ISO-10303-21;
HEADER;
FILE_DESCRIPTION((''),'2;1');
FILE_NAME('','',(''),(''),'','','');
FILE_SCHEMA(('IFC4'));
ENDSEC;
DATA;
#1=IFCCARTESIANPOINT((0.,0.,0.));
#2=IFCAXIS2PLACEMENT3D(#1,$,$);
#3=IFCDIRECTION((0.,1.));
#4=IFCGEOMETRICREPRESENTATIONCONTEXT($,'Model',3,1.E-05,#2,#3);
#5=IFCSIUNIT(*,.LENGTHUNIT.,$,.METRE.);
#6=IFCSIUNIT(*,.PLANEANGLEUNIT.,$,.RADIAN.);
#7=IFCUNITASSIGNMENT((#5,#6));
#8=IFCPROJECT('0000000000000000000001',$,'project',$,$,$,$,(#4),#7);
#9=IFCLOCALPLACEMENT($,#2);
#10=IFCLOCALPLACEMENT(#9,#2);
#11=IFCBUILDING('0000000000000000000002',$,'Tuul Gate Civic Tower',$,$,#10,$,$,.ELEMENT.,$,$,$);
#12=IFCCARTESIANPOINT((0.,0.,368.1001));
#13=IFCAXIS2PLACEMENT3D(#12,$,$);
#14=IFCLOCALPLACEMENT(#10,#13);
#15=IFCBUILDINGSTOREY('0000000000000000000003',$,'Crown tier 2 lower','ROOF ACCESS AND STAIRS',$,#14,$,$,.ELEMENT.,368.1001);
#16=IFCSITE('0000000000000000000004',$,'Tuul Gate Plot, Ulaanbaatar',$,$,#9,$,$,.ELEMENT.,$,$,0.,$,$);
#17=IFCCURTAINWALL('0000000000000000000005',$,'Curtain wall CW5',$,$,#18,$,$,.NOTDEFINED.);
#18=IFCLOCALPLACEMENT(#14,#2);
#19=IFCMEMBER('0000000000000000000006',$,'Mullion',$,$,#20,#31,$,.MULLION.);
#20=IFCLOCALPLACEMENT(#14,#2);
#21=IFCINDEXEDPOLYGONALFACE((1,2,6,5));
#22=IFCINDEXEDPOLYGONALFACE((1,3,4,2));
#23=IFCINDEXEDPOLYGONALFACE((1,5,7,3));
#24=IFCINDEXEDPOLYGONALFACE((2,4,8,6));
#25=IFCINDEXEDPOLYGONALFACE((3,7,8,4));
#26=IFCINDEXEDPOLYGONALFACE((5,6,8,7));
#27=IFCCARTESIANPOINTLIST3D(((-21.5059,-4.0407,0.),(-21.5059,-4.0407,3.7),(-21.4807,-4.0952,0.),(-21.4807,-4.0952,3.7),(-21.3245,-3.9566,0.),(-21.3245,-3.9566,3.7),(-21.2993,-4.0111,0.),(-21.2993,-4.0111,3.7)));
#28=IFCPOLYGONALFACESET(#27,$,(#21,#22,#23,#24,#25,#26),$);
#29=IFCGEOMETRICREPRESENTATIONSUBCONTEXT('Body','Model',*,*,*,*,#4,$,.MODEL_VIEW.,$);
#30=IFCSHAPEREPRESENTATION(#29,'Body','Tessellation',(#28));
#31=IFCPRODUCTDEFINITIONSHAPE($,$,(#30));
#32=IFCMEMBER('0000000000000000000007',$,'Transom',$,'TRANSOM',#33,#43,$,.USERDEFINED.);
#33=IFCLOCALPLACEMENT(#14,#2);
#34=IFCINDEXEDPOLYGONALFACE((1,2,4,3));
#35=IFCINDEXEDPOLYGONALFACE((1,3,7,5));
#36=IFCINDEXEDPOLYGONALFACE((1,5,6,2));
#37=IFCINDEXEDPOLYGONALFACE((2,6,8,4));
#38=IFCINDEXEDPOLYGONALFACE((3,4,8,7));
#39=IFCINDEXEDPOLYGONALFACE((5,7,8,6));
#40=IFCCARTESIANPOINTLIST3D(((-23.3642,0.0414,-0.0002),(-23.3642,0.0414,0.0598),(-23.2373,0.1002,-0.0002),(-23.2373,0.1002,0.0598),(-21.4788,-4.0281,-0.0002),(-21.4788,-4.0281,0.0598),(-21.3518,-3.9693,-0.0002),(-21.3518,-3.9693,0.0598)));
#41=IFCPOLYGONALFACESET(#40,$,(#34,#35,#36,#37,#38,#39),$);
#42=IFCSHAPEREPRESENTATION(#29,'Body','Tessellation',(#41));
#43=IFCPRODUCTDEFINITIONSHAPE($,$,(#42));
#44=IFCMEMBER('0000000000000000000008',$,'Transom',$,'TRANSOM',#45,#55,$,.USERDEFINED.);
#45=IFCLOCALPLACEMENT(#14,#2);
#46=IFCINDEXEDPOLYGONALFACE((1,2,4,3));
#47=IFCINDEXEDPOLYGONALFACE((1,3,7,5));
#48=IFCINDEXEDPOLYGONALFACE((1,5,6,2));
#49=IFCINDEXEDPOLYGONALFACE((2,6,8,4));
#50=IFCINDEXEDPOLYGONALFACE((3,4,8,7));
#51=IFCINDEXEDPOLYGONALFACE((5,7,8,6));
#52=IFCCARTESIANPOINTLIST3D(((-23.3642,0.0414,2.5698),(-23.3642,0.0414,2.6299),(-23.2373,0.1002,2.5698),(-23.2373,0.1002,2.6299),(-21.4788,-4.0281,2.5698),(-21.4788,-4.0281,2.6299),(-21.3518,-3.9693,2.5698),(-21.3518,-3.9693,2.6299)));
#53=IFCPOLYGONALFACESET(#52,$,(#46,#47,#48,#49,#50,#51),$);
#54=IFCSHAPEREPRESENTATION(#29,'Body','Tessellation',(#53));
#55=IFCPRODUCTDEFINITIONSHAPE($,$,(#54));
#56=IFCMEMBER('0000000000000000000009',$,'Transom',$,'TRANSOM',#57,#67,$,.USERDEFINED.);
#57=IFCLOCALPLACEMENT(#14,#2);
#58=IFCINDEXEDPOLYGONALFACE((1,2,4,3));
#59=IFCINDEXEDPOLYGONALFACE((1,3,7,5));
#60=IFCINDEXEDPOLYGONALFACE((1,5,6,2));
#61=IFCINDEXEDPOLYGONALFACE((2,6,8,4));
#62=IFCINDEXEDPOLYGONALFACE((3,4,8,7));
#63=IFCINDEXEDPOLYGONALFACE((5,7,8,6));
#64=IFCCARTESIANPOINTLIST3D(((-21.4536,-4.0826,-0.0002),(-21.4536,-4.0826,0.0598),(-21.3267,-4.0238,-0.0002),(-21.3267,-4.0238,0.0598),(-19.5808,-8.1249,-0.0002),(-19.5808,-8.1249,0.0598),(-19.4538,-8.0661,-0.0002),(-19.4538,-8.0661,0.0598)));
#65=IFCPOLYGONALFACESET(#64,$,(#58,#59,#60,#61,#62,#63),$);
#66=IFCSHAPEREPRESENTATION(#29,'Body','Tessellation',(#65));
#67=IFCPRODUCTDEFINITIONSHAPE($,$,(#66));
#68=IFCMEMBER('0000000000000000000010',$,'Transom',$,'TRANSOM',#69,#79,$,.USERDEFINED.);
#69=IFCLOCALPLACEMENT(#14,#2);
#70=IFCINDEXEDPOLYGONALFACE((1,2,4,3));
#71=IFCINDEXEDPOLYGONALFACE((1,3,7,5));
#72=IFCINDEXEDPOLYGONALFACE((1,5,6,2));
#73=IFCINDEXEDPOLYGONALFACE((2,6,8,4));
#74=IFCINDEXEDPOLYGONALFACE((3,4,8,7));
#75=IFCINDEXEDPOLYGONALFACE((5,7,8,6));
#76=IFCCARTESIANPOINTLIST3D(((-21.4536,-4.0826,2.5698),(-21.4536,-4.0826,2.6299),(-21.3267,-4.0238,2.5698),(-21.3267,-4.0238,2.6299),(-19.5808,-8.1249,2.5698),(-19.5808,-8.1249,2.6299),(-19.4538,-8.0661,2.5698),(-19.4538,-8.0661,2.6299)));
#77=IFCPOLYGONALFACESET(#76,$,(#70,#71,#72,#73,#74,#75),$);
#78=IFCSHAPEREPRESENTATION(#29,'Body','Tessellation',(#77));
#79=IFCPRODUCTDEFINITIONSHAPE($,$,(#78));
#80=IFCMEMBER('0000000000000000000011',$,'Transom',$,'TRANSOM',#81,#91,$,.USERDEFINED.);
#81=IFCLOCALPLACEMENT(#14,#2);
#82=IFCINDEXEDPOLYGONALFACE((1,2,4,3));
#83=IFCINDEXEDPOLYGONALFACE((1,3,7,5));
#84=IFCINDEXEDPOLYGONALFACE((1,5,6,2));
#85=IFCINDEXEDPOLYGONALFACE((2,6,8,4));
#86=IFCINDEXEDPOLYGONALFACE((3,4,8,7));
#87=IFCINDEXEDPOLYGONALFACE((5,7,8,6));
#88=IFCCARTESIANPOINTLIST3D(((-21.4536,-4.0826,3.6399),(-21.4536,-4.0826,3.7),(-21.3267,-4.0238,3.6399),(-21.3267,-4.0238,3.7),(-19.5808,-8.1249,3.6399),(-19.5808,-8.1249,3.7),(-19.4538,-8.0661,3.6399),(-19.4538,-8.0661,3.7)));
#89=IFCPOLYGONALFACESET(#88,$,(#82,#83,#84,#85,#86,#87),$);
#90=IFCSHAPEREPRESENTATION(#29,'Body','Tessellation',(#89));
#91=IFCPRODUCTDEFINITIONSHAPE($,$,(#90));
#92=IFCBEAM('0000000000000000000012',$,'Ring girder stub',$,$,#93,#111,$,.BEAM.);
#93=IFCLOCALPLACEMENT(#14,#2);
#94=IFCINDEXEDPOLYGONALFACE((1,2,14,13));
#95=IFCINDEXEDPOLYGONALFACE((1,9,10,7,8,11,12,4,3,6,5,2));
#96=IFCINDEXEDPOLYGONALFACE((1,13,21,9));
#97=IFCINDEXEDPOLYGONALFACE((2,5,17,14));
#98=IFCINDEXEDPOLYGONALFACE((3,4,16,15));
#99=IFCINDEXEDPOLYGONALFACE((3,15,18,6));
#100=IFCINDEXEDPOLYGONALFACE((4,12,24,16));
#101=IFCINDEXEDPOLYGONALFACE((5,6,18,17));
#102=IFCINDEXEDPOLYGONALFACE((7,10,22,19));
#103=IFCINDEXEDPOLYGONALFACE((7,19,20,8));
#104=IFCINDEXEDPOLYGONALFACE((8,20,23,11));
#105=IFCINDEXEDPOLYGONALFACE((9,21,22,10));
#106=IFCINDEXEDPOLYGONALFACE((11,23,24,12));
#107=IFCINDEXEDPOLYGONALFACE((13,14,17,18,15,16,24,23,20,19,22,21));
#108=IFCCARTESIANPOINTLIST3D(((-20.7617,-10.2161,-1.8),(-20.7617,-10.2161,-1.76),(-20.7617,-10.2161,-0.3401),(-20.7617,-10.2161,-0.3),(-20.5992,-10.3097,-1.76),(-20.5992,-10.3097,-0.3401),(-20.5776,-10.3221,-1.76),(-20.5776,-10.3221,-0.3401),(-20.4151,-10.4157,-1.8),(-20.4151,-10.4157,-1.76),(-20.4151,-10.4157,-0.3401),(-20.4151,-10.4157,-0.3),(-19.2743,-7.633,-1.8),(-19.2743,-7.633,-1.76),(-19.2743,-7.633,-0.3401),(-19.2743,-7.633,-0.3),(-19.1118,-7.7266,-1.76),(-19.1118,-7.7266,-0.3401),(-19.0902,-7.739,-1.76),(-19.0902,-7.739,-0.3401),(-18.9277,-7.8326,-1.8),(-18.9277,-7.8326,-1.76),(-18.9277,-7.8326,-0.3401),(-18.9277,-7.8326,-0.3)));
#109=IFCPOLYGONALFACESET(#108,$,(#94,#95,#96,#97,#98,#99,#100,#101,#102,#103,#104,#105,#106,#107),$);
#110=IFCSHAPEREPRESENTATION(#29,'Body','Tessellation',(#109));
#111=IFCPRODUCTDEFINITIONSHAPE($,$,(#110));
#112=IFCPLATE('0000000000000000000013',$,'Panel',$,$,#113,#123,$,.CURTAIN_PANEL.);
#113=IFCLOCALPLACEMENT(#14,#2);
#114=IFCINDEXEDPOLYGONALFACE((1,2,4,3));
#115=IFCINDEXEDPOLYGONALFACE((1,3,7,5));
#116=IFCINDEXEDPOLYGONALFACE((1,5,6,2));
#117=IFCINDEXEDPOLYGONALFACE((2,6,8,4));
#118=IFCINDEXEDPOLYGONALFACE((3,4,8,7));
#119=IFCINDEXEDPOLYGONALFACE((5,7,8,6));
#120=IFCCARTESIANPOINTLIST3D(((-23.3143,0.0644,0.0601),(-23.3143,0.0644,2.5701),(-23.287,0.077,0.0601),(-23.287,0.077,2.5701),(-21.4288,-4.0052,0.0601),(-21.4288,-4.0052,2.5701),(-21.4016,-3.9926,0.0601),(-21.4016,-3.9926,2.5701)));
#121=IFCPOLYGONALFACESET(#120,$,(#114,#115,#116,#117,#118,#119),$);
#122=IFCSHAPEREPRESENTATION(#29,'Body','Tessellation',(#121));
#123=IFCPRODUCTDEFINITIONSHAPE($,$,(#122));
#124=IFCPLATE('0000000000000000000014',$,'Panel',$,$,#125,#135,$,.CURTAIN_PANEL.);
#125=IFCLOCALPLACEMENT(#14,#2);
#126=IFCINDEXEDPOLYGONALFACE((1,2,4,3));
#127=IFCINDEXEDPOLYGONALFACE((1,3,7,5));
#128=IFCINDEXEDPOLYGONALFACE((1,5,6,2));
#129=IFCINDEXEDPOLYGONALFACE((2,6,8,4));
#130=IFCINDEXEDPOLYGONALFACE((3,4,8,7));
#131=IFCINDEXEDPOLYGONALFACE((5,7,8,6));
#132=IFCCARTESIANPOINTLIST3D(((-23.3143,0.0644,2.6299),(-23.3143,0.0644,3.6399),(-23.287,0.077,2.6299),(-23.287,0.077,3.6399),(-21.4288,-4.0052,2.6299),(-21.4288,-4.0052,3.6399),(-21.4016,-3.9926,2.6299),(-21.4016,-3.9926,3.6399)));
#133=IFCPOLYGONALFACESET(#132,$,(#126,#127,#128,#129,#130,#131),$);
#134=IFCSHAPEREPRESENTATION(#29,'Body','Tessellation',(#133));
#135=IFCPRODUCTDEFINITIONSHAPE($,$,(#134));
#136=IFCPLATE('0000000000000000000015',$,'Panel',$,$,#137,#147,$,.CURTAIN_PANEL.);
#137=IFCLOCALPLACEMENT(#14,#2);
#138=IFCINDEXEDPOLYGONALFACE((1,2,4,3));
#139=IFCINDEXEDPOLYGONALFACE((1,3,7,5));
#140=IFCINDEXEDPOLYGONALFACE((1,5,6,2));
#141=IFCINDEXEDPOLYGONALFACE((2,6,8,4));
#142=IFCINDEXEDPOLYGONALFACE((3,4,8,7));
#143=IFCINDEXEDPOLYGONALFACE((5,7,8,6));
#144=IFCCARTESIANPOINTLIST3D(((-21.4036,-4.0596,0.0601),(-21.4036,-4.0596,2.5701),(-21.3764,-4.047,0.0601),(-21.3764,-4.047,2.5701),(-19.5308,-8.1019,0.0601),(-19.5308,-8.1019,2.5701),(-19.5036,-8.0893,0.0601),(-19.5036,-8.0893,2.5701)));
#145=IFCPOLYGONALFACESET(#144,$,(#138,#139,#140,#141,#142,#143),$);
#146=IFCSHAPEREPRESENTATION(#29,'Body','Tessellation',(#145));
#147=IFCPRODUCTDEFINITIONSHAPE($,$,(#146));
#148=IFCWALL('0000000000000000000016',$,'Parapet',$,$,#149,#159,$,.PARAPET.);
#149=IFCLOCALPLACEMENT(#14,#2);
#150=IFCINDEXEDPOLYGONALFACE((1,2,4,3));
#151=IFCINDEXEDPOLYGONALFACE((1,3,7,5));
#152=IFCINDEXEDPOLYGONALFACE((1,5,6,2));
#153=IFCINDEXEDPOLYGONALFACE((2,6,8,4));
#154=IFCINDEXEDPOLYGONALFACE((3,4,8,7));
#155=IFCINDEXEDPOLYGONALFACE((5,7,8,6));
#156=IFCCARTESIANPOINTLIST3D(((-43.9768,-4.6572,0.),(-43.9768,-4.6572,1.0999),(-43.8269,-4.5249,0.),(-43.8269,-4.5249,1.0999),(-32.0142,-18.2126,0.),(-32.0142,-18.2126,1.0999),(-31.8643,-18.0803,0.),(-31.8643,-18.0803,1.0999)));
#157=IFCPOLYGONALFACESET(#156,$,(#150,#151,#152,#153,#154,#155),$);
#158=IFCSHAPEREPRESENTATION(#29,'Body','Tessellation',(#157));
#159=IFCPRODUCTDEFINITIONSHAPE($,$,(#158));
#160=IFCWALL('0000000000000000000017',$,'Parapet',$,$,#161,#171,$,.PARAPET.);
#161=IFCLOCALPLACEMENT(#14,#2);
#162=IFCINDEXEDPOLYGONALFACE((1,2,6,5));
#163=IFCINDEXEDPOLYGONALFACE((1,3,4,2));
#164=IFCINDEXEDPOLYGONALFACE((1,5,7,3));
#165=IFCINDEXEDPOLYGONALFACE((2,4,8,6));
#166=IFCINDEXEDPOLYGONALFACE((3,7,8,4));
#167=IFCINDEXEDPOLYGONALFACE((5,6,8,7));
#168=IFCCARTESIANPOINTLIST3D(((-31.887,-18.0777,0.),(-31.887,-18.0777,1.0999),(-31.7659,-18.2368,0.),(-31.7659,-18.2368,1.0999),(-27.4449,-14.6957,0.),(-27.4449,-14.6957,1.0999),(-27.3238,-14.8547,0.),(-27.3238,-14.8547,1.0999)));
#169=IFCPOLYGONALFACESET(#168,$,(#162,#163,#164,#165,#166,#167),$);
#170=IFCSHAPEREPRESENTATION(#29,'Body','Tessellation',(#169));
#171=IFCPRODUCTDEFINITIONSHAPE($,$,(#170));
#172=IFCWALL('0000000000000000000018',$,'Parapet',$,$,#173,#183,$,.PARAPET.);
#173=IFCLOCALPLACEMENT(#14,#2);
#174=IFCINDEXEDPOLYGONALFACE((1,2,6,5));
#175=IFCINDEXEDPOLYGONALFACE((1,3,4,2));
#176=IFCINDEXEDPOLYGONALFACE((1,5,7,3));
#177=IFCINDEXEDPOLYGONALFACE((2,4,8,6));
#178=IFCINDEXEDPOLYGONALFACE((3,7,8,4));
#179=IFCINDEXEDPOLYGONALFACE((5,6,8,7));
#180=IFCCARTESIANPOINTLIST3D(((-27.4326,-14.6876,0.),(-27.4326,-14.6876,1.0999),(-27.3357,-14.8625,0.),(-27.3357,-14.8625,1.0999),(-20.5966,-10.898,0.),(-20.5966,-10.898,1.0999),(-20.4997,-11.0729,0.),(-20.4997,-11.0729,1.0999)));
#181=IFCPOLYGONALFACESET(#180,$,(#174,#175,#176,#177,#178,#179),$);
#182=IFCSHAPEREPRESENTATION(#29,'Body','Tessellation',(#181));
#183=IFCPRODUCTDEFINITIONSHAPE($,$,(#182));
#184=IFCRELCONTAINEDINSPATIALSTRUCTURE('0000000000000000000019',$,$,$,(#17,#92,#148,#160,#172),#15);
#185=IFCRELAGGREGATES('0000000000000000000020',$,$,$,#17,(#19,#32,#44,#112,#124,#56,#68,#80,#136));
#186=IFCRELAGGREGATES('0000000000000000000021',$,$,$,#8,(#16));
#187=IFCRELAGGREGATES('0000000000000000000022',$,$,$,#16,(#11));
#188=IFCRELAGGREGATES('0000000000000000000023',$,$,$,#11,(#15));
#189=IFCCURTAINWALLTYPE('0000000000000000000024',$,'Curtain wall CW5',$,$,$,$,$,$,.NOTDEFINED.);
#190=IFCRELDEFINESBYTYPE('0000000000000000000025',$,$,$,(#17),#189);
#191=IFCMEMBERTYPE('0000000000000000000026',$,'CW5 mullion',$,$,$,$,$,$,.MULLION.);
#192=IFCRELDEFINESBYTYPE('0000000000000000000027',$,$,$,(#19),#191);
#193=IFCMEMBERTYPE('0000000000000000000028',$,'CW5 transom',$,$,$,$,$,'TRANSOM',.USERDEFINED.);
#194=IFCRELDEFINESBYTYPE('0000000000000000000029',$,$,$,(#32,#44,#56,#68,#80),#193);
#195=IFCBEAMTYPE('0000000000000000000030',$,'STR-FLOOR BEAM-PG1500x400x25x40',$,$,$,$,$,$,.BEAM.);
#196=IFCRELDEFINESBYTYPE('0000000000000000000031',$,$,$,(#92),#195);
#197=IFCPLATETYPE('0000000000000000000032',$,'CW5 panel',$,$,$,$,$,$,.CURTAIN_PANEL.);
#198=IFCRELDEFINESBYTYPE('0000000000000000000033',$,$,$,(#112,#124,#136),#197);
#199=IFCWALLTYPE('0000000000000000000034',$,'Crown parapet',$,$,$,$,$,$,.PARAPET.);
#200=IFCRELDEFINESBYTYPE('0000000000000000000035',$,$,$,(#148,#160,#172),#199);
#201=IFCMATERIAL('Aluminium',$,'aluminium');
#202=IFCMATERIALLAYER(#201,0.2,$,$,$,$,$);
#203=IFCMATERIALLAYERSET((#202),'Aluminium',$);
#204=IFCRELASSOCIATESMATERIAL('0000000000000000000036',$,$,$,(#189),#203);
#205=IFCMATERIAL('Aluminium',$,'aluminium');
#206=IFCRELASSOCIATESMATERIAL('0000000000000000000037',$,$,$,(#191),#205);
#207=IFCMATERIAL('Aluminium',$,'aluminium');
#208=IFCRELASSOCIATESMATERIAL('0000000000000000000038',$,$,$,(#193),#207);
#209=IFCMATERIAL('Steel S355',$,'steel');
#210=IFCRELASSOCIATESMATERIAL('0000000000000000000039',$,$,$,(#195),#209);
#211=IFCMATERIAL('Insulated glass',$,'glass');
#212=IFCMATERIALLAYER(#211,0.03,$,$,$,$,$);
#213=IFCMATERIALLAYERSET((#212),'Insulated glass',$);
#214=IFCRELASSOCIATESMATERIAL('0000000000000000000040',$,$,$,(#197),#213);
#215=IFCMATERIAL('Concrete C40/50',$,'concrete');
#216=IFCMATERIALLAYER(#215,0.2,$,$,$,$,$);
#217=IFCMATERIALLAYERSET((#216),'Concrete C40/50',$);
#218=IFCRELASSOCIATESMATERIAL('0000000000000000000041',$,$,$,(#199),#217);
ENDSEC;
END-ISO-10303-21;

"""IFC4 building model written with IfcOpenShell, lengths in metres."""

from ifc_helpers import new_model, si_unit, direction, frame, frame_2d, origin, origin_2d, place, context, subcontext, project, spatial, rectangle, i_section, extrude, material, layer, layer_set, material_profile, profile_set, type_object, element, aggregate, save


model = new_model("IFC4")

# Units and contexts
model_context = context("Model", 3, precision=1e-05, world=origin(), true_north=direction((0.0, 1.0)))
body_context = subcontext(model_context, "Body", "Model", "MODEL_VIEW")
ifc_project = project(units=[si_unit("LENGTHUNIT", "METRE"), si_unit("PLANEANGLEUNIT", "RADIAN")], contexts=[model_context])

# Site, building, storey
site_placement = place(None, origin())
site = spatial("IfcSite", under=ifc_project, at=site_placement, Name="Tuul Gate Plot, Ulaanbaatar", CompositionType="ELEMENT", RefElevation=0.0)
building_placement = place(site_placement, origin())
building = spatial("IfcBuilding", under=site, at=building_placement, Name="Tuul Gate Civic Tower", CompositionType="ELEMENT")
storey_placement = place(building_placement, frame((0.0, 0.0, 368.1001)))
storey = spatial("IfcBuildingStorey", under=building, at=storey_placement, Name="Crown tier 2 lower", Description="ROOF ACCESS AND STAIRS", CompositionType="ELEMENT", Elevation=368.1001)

# Curtain wall, members
ifc_material_1 = material(Name="Aluminium", Category="aluminium")
ifc_layer_1 = layer(ifc_material_1, 0.2)
ifc_layer_set_1 = layer_set([ifc_layer_1], Name="Aluminium")
curtain_wall_type = type_object("IfcCurtainWallType", Name="Curtain wall CW5", PredefinedType="NOTDEFINED", material=ifc_layer_set_1)
curtain_wall_placement = place(storey_placement, origin())
curtain_wall = element("IfcCurtainWall", 1, at=curtain_wall_placement, inside=storey, type_object=curtain_wall_type, Name="Curtain wall CW5", PredefinedType="NOTDEFINED")
ifc_material_2 = material(Name="Aluminium", Category="aluminium")
ifc_material_profile_1 = material_profile(ifc_material_2, rectangle(XDim=0.2, YDim=0.0601, at=origin_2d()), Name="CW5 mullion")
ifc_profile_set_1 = profile_set([ifc_material_profile_1], Name="Aluminium")
member_type_1 = type_object("IfcMemberType", Name="CW5 mullion", PredefinedType="MULLION", material=ifc_profile_set_1)
member_1_placement = place(storey_placement, frame((-21.4026, -4.0259, 0.0), z_axis=(0.0, 0.0, 1.0), x_axis=(0.907349, 0.420379, 0.0)))
member_1 = element("IfcMember", 2, at=member_1_placement, type_object=member_type_1, Name="Mullion", PredefinedType="MULLION", context=body_context, shape_type="SweptSolid", body=[
    extrude(rectangle(XDim=0.2, YDim=0.0601, at=origin_2d()), origin(), (0.0, 0.0, 1.0), 3.7),
])
ifc_material_3 = material(Name="Aluminium", Category="aluminium")
ifc_material_profile_2 = material_profile(ifc_material_3, rectangle(XDim=0.1399, YDim=0.0601, at=origin_2d()), Name="CW5 transom")
ifc_profile_set_2 = profile_set([ifc_material_profile_2], Name="Aluminium")
member_type_2 = type_object("IfcMemberType", Name="CW5 transom", ElementType="TRANSOM", PredefinedType="USERDEFINED", material=ifc_profile_set_2)
member_2_placement = place(storey_placement, frame((-23.3008, 0.0708, 0.0298), z_axis=(0.420387, -0.907345, 0.0), x_axis=(0.907345, 0.420387, 0.0)))
member_2 = element("IfcMember", 3, at=member_2_placement, type_object=member_type_2, Name="Transom", ObjectType="TRANSOM", PredefinedType="USERDEFINED", context=body_context, shape_type="SweptSolid", body=[
    extrude(rectangle(XDim=0.1399, YDim=0.0601, at=origin_2d()), origin(), (0.0, 0.0, 1.0), 4.4851),
])
member_3_placement = place(storey_placement, frame((-23.3008, 0.0708, 2.5999), z_axis=(0.420387, -0.907345, 0.0), x_axis=(0.907345, 0.420387, 0.0)))
member_3 = element("IfcMember", 4, at=member_3_placement, type_object=member_type_2, Name="Transom", ObjectType="TRANSOM", PredefinedType="USERDEFINED", context=body_context, shape_type="SweptSolid", body=[
    extrude(rectangle(XDim=0.1399, YDim=0.0601, at=origin_2d()), origin(), (0.0, 0.0, 1.0), 4.4851),
])
member_4_placement = place(storey_placement, frame((-21.3901, -4.0532, 0.0298), z_axis=(0.420382, -0.907347, 0.0), x_axis=(0.907347, 0.420382, 0.0)))
member_4 = element("IfcMember", 5, at=member_4_placement, type_object=member_type_2, Name="Transom", ObjectType="TRANSOM", PredefinedType="USERDEFINED", context=body_context, shape_type="SweptSolid", body=[
    extrude(rectangle(XDim=0.1399, YDim=0.0601, at=origin_2d()), origin(), (0.0, 0.0, 1.0), 4.4551),
])
member_5_placement = place(storey_placement, frame((-21.3901, -4.0532, 2.5999), z_axis=(0.420382, -0.907347, 0.0), x_axis=(0.907347, 0.420382, 0.0)))
member_5 = element("IfcMember", 6, at=member_5_placement, type_object=member_type_2, Name="Transom", ObjectType="TRANSOM", PredefinedType="USERDEFINED", context=body_context, shape_type="SweptSolid", body=[
    extrude(rectangle(XDim=0.1399, YDim=0.0601, at=origin_2d()), origin(), (0.0, 0.0, 1.0), 4.4551),
])
member_6_placement = place(storey_placement, frame((-21.3901, -4.0532, 3.6699), z_axis=(0.420382, -0.907347, 0.0), x_axis=(0.907347, 0.420382, 0.0)))
member_6 = element("IfcMember", 7, at=member_6_placement, type_object=member_type_2, Name="Transom", ObjectType="TRANSOM", PredefinedType="USERDEFINED", context=body_context, shape_type="SweptSolid", body=[
    extrude(rectangle(XDim=0.1399, YDim=0.0601, at=origin_2d()), origin(), (0.0, 0.0, 1.0), 4.4551),
])

# Beam
ifc_material_4 = material(Name="Steel S355", Category="steel")
ifc_material_profile_3 = material_profile(ifc_material_4, i_section(OverallWidth=0.3999, OverallDepth=1.5, WebThickness=0.0249, FlangeThickness=0.04, at=origin_2d()), Name="PG1500x400x25x40")
ifc_profile_set_3 = profile_set([ifc_material_profile_3], Name="Steel S355")
beam_type = type_object("IfcBeamType", Name="STR-FLOOR BEAM-PG1500x400x25x40", PredefinedType="BEAM", material=ifc_profile_set_3)
beam_placement = place(storey_placement, frame((-20.5884, -10.3159, -1.05), z_axis=(0.498994, 0.866605, 0.0), x_axis=(-0.866605, 0.498994, 0.0)))
element("IfcBeam", 8, at=beam_placement, inside=storey, type_object=beam_type, Name="Ring girder stub", PredefinedType="BEAM", context=body_context, shape_type="SweptSolid", body=[
    extrude(i_section(OverallWidth=0.3999, OverallDepth=1.5, WebThickness=0.0249, FlangeThickness=0.04, at=origin_2d()), origin(), (0.0, 0.0, 1.0), 2.9807),
])

# Plates
ifc_material_5 = material(Name="Insulated glass", Category="glass")
ifc_layer_2 = layer(ifc_material_5, 0.03)
ifc_layer_set_2 = layer_set([ifc_layer_2], Name="Insulated glass")
plate_type = type_object("IfcPlateType", Name="CW5 panel", PredefinedType="CURTAIN_PANEL", material=ifc_layer_set_2)
plate_1_placement = place(storey_placement, frame((-22.3579, -1.9641, 0.0601), z_axis=(0.0, 0.0, 1.0), x_axis=(0.420379, -0.907349, 0.0)))
plate_1 = element("IfcPlate", 9, at=plate_1_placement, type_object=plate_type, Name="Panel", PredefinedType="CURTAIN_PANEL", context=body_context, shape_type="SweptSolid", body=[
    extrude(rectangle(XDim=4.4851, YDim=0.03, at=origin_2d()), origin(), (0.0, 0.0, 1.0), 2.51),
])
plate_2_placement = place(storey_placement, frame((-22.3579, -1.9641, 2.6299), z_axis=(0.0, 0.0, 1.0), x_axis=(0.420379, -0.907349, 0.0)))
plate_2 = element("IfcPlate", 10, at=plate_2_placement, type_object=plate_type, Name="Panel", PredefinedType="CURTAIN_PANEL", context=body_context, shape_type="SweptSolid", body=[
    extrude(rectangle(XDim=4.4851, YDim=0.03, at=origin_2d()), origin(), (0.0, 0.0, 1.0), 1.01),
])
plate_3_placement = place(storey_placement, frame((-20.4536, -6.0745, 0.0601), z_axis=(0.0, 0.0, 1.0), x_axis=(0.420379, -0.907349, 0.0)))
plate_3 = element("IfcPlate", 11, at=plate_3_placement, type_object=plate_type, Name="Panel", PredefinedType="CURTAIN_PANEL", context=body_context, shape_type="SweptSolid", body=[
    extrude(rectangle(XDim=4.4551, YDim=0.03, at=origin_2d()), origin(), (0.0, 0.0, 1.0), 2.51),
])
aggregate(curtain_wall, [member_1, member_2, member_3, plate_1, plate_2, member_4, member_5, member_6, plate_3])

# Walls
ifc_material_6 = material(Name="Concrete C40/50", Category="concrete")
ifc_layer_3 = layer(ifc_material_6, 0.2)
ifc_layer_set_3 = layer_set([ifc_layer_3], Name="Concrete C40/50")
wall_type_1 = type_object("IfcWallType", Name="Crown parapet", PredefinedType="PARAPET", material=ifc_layer_set_3)
wall_1_placement = place(storey_placement, frame((-43.9019, -4.5911, 0.0), z_axis=(0.0, 0.0, 1.0), x_axis=(0.661683, -0.749783, 0.0)))
element("IfcWall", 12, at=wall_1_placement, inside=storey, type_object=wall_type_1, Name="Parapet", PredefinedType="PARAPET", context=body_context, shape_type="SweptSolid", body=[
    extrude(rectangle(XDim=18.0791, YDim=0.2, at=frame_2d((9.0396, 0.0))), origin(), (0.0, 0.0, 1.0), 1.0999),
])
wall_2_placement = place(storey_placement, frame((-31.8264, -18.1572, 0.0), z_axis=(0.0, 0.0, 1.0), x_axis=(0.795639, 0.60577, 0.0)))
element("IfcWall", 13, at=wall_2_placement, inside=storey, type_object=wall_type_1, Name="Parapet", PredefinedType="PARAPET", context=body_context, shape_type="SweptSolid", body=[
    extrude(rectangle(XDim=5.583, YDim=0.2, at=frame_2d((2.7915, 0.0))), origin(), (0.0, 0.0, 1.0), 1.0999),
])
wall_3_placement = place(storey_placement, frame((-27.3843, -14.7751, 0.0), z_axis=(0.0, 0.0, 1.0), x_axis=(0.874602, 0.484842, 0.0)))
element("IfcWall", 14, at=wall_3_placement, inside=storey, type_object=wall_type_1, Name="Parapet", PredefinedType="PARAPET", context=body_context, shape_type="SweptSolid", body=[
    extrude(rectangle(XDim=7.8162, YDim=0.2, at=frame_2d((3.9082, 0.0))), origin(), (0.0, 0.0, 1.0), 1.0999),
])

save(model, "model.ifc")
